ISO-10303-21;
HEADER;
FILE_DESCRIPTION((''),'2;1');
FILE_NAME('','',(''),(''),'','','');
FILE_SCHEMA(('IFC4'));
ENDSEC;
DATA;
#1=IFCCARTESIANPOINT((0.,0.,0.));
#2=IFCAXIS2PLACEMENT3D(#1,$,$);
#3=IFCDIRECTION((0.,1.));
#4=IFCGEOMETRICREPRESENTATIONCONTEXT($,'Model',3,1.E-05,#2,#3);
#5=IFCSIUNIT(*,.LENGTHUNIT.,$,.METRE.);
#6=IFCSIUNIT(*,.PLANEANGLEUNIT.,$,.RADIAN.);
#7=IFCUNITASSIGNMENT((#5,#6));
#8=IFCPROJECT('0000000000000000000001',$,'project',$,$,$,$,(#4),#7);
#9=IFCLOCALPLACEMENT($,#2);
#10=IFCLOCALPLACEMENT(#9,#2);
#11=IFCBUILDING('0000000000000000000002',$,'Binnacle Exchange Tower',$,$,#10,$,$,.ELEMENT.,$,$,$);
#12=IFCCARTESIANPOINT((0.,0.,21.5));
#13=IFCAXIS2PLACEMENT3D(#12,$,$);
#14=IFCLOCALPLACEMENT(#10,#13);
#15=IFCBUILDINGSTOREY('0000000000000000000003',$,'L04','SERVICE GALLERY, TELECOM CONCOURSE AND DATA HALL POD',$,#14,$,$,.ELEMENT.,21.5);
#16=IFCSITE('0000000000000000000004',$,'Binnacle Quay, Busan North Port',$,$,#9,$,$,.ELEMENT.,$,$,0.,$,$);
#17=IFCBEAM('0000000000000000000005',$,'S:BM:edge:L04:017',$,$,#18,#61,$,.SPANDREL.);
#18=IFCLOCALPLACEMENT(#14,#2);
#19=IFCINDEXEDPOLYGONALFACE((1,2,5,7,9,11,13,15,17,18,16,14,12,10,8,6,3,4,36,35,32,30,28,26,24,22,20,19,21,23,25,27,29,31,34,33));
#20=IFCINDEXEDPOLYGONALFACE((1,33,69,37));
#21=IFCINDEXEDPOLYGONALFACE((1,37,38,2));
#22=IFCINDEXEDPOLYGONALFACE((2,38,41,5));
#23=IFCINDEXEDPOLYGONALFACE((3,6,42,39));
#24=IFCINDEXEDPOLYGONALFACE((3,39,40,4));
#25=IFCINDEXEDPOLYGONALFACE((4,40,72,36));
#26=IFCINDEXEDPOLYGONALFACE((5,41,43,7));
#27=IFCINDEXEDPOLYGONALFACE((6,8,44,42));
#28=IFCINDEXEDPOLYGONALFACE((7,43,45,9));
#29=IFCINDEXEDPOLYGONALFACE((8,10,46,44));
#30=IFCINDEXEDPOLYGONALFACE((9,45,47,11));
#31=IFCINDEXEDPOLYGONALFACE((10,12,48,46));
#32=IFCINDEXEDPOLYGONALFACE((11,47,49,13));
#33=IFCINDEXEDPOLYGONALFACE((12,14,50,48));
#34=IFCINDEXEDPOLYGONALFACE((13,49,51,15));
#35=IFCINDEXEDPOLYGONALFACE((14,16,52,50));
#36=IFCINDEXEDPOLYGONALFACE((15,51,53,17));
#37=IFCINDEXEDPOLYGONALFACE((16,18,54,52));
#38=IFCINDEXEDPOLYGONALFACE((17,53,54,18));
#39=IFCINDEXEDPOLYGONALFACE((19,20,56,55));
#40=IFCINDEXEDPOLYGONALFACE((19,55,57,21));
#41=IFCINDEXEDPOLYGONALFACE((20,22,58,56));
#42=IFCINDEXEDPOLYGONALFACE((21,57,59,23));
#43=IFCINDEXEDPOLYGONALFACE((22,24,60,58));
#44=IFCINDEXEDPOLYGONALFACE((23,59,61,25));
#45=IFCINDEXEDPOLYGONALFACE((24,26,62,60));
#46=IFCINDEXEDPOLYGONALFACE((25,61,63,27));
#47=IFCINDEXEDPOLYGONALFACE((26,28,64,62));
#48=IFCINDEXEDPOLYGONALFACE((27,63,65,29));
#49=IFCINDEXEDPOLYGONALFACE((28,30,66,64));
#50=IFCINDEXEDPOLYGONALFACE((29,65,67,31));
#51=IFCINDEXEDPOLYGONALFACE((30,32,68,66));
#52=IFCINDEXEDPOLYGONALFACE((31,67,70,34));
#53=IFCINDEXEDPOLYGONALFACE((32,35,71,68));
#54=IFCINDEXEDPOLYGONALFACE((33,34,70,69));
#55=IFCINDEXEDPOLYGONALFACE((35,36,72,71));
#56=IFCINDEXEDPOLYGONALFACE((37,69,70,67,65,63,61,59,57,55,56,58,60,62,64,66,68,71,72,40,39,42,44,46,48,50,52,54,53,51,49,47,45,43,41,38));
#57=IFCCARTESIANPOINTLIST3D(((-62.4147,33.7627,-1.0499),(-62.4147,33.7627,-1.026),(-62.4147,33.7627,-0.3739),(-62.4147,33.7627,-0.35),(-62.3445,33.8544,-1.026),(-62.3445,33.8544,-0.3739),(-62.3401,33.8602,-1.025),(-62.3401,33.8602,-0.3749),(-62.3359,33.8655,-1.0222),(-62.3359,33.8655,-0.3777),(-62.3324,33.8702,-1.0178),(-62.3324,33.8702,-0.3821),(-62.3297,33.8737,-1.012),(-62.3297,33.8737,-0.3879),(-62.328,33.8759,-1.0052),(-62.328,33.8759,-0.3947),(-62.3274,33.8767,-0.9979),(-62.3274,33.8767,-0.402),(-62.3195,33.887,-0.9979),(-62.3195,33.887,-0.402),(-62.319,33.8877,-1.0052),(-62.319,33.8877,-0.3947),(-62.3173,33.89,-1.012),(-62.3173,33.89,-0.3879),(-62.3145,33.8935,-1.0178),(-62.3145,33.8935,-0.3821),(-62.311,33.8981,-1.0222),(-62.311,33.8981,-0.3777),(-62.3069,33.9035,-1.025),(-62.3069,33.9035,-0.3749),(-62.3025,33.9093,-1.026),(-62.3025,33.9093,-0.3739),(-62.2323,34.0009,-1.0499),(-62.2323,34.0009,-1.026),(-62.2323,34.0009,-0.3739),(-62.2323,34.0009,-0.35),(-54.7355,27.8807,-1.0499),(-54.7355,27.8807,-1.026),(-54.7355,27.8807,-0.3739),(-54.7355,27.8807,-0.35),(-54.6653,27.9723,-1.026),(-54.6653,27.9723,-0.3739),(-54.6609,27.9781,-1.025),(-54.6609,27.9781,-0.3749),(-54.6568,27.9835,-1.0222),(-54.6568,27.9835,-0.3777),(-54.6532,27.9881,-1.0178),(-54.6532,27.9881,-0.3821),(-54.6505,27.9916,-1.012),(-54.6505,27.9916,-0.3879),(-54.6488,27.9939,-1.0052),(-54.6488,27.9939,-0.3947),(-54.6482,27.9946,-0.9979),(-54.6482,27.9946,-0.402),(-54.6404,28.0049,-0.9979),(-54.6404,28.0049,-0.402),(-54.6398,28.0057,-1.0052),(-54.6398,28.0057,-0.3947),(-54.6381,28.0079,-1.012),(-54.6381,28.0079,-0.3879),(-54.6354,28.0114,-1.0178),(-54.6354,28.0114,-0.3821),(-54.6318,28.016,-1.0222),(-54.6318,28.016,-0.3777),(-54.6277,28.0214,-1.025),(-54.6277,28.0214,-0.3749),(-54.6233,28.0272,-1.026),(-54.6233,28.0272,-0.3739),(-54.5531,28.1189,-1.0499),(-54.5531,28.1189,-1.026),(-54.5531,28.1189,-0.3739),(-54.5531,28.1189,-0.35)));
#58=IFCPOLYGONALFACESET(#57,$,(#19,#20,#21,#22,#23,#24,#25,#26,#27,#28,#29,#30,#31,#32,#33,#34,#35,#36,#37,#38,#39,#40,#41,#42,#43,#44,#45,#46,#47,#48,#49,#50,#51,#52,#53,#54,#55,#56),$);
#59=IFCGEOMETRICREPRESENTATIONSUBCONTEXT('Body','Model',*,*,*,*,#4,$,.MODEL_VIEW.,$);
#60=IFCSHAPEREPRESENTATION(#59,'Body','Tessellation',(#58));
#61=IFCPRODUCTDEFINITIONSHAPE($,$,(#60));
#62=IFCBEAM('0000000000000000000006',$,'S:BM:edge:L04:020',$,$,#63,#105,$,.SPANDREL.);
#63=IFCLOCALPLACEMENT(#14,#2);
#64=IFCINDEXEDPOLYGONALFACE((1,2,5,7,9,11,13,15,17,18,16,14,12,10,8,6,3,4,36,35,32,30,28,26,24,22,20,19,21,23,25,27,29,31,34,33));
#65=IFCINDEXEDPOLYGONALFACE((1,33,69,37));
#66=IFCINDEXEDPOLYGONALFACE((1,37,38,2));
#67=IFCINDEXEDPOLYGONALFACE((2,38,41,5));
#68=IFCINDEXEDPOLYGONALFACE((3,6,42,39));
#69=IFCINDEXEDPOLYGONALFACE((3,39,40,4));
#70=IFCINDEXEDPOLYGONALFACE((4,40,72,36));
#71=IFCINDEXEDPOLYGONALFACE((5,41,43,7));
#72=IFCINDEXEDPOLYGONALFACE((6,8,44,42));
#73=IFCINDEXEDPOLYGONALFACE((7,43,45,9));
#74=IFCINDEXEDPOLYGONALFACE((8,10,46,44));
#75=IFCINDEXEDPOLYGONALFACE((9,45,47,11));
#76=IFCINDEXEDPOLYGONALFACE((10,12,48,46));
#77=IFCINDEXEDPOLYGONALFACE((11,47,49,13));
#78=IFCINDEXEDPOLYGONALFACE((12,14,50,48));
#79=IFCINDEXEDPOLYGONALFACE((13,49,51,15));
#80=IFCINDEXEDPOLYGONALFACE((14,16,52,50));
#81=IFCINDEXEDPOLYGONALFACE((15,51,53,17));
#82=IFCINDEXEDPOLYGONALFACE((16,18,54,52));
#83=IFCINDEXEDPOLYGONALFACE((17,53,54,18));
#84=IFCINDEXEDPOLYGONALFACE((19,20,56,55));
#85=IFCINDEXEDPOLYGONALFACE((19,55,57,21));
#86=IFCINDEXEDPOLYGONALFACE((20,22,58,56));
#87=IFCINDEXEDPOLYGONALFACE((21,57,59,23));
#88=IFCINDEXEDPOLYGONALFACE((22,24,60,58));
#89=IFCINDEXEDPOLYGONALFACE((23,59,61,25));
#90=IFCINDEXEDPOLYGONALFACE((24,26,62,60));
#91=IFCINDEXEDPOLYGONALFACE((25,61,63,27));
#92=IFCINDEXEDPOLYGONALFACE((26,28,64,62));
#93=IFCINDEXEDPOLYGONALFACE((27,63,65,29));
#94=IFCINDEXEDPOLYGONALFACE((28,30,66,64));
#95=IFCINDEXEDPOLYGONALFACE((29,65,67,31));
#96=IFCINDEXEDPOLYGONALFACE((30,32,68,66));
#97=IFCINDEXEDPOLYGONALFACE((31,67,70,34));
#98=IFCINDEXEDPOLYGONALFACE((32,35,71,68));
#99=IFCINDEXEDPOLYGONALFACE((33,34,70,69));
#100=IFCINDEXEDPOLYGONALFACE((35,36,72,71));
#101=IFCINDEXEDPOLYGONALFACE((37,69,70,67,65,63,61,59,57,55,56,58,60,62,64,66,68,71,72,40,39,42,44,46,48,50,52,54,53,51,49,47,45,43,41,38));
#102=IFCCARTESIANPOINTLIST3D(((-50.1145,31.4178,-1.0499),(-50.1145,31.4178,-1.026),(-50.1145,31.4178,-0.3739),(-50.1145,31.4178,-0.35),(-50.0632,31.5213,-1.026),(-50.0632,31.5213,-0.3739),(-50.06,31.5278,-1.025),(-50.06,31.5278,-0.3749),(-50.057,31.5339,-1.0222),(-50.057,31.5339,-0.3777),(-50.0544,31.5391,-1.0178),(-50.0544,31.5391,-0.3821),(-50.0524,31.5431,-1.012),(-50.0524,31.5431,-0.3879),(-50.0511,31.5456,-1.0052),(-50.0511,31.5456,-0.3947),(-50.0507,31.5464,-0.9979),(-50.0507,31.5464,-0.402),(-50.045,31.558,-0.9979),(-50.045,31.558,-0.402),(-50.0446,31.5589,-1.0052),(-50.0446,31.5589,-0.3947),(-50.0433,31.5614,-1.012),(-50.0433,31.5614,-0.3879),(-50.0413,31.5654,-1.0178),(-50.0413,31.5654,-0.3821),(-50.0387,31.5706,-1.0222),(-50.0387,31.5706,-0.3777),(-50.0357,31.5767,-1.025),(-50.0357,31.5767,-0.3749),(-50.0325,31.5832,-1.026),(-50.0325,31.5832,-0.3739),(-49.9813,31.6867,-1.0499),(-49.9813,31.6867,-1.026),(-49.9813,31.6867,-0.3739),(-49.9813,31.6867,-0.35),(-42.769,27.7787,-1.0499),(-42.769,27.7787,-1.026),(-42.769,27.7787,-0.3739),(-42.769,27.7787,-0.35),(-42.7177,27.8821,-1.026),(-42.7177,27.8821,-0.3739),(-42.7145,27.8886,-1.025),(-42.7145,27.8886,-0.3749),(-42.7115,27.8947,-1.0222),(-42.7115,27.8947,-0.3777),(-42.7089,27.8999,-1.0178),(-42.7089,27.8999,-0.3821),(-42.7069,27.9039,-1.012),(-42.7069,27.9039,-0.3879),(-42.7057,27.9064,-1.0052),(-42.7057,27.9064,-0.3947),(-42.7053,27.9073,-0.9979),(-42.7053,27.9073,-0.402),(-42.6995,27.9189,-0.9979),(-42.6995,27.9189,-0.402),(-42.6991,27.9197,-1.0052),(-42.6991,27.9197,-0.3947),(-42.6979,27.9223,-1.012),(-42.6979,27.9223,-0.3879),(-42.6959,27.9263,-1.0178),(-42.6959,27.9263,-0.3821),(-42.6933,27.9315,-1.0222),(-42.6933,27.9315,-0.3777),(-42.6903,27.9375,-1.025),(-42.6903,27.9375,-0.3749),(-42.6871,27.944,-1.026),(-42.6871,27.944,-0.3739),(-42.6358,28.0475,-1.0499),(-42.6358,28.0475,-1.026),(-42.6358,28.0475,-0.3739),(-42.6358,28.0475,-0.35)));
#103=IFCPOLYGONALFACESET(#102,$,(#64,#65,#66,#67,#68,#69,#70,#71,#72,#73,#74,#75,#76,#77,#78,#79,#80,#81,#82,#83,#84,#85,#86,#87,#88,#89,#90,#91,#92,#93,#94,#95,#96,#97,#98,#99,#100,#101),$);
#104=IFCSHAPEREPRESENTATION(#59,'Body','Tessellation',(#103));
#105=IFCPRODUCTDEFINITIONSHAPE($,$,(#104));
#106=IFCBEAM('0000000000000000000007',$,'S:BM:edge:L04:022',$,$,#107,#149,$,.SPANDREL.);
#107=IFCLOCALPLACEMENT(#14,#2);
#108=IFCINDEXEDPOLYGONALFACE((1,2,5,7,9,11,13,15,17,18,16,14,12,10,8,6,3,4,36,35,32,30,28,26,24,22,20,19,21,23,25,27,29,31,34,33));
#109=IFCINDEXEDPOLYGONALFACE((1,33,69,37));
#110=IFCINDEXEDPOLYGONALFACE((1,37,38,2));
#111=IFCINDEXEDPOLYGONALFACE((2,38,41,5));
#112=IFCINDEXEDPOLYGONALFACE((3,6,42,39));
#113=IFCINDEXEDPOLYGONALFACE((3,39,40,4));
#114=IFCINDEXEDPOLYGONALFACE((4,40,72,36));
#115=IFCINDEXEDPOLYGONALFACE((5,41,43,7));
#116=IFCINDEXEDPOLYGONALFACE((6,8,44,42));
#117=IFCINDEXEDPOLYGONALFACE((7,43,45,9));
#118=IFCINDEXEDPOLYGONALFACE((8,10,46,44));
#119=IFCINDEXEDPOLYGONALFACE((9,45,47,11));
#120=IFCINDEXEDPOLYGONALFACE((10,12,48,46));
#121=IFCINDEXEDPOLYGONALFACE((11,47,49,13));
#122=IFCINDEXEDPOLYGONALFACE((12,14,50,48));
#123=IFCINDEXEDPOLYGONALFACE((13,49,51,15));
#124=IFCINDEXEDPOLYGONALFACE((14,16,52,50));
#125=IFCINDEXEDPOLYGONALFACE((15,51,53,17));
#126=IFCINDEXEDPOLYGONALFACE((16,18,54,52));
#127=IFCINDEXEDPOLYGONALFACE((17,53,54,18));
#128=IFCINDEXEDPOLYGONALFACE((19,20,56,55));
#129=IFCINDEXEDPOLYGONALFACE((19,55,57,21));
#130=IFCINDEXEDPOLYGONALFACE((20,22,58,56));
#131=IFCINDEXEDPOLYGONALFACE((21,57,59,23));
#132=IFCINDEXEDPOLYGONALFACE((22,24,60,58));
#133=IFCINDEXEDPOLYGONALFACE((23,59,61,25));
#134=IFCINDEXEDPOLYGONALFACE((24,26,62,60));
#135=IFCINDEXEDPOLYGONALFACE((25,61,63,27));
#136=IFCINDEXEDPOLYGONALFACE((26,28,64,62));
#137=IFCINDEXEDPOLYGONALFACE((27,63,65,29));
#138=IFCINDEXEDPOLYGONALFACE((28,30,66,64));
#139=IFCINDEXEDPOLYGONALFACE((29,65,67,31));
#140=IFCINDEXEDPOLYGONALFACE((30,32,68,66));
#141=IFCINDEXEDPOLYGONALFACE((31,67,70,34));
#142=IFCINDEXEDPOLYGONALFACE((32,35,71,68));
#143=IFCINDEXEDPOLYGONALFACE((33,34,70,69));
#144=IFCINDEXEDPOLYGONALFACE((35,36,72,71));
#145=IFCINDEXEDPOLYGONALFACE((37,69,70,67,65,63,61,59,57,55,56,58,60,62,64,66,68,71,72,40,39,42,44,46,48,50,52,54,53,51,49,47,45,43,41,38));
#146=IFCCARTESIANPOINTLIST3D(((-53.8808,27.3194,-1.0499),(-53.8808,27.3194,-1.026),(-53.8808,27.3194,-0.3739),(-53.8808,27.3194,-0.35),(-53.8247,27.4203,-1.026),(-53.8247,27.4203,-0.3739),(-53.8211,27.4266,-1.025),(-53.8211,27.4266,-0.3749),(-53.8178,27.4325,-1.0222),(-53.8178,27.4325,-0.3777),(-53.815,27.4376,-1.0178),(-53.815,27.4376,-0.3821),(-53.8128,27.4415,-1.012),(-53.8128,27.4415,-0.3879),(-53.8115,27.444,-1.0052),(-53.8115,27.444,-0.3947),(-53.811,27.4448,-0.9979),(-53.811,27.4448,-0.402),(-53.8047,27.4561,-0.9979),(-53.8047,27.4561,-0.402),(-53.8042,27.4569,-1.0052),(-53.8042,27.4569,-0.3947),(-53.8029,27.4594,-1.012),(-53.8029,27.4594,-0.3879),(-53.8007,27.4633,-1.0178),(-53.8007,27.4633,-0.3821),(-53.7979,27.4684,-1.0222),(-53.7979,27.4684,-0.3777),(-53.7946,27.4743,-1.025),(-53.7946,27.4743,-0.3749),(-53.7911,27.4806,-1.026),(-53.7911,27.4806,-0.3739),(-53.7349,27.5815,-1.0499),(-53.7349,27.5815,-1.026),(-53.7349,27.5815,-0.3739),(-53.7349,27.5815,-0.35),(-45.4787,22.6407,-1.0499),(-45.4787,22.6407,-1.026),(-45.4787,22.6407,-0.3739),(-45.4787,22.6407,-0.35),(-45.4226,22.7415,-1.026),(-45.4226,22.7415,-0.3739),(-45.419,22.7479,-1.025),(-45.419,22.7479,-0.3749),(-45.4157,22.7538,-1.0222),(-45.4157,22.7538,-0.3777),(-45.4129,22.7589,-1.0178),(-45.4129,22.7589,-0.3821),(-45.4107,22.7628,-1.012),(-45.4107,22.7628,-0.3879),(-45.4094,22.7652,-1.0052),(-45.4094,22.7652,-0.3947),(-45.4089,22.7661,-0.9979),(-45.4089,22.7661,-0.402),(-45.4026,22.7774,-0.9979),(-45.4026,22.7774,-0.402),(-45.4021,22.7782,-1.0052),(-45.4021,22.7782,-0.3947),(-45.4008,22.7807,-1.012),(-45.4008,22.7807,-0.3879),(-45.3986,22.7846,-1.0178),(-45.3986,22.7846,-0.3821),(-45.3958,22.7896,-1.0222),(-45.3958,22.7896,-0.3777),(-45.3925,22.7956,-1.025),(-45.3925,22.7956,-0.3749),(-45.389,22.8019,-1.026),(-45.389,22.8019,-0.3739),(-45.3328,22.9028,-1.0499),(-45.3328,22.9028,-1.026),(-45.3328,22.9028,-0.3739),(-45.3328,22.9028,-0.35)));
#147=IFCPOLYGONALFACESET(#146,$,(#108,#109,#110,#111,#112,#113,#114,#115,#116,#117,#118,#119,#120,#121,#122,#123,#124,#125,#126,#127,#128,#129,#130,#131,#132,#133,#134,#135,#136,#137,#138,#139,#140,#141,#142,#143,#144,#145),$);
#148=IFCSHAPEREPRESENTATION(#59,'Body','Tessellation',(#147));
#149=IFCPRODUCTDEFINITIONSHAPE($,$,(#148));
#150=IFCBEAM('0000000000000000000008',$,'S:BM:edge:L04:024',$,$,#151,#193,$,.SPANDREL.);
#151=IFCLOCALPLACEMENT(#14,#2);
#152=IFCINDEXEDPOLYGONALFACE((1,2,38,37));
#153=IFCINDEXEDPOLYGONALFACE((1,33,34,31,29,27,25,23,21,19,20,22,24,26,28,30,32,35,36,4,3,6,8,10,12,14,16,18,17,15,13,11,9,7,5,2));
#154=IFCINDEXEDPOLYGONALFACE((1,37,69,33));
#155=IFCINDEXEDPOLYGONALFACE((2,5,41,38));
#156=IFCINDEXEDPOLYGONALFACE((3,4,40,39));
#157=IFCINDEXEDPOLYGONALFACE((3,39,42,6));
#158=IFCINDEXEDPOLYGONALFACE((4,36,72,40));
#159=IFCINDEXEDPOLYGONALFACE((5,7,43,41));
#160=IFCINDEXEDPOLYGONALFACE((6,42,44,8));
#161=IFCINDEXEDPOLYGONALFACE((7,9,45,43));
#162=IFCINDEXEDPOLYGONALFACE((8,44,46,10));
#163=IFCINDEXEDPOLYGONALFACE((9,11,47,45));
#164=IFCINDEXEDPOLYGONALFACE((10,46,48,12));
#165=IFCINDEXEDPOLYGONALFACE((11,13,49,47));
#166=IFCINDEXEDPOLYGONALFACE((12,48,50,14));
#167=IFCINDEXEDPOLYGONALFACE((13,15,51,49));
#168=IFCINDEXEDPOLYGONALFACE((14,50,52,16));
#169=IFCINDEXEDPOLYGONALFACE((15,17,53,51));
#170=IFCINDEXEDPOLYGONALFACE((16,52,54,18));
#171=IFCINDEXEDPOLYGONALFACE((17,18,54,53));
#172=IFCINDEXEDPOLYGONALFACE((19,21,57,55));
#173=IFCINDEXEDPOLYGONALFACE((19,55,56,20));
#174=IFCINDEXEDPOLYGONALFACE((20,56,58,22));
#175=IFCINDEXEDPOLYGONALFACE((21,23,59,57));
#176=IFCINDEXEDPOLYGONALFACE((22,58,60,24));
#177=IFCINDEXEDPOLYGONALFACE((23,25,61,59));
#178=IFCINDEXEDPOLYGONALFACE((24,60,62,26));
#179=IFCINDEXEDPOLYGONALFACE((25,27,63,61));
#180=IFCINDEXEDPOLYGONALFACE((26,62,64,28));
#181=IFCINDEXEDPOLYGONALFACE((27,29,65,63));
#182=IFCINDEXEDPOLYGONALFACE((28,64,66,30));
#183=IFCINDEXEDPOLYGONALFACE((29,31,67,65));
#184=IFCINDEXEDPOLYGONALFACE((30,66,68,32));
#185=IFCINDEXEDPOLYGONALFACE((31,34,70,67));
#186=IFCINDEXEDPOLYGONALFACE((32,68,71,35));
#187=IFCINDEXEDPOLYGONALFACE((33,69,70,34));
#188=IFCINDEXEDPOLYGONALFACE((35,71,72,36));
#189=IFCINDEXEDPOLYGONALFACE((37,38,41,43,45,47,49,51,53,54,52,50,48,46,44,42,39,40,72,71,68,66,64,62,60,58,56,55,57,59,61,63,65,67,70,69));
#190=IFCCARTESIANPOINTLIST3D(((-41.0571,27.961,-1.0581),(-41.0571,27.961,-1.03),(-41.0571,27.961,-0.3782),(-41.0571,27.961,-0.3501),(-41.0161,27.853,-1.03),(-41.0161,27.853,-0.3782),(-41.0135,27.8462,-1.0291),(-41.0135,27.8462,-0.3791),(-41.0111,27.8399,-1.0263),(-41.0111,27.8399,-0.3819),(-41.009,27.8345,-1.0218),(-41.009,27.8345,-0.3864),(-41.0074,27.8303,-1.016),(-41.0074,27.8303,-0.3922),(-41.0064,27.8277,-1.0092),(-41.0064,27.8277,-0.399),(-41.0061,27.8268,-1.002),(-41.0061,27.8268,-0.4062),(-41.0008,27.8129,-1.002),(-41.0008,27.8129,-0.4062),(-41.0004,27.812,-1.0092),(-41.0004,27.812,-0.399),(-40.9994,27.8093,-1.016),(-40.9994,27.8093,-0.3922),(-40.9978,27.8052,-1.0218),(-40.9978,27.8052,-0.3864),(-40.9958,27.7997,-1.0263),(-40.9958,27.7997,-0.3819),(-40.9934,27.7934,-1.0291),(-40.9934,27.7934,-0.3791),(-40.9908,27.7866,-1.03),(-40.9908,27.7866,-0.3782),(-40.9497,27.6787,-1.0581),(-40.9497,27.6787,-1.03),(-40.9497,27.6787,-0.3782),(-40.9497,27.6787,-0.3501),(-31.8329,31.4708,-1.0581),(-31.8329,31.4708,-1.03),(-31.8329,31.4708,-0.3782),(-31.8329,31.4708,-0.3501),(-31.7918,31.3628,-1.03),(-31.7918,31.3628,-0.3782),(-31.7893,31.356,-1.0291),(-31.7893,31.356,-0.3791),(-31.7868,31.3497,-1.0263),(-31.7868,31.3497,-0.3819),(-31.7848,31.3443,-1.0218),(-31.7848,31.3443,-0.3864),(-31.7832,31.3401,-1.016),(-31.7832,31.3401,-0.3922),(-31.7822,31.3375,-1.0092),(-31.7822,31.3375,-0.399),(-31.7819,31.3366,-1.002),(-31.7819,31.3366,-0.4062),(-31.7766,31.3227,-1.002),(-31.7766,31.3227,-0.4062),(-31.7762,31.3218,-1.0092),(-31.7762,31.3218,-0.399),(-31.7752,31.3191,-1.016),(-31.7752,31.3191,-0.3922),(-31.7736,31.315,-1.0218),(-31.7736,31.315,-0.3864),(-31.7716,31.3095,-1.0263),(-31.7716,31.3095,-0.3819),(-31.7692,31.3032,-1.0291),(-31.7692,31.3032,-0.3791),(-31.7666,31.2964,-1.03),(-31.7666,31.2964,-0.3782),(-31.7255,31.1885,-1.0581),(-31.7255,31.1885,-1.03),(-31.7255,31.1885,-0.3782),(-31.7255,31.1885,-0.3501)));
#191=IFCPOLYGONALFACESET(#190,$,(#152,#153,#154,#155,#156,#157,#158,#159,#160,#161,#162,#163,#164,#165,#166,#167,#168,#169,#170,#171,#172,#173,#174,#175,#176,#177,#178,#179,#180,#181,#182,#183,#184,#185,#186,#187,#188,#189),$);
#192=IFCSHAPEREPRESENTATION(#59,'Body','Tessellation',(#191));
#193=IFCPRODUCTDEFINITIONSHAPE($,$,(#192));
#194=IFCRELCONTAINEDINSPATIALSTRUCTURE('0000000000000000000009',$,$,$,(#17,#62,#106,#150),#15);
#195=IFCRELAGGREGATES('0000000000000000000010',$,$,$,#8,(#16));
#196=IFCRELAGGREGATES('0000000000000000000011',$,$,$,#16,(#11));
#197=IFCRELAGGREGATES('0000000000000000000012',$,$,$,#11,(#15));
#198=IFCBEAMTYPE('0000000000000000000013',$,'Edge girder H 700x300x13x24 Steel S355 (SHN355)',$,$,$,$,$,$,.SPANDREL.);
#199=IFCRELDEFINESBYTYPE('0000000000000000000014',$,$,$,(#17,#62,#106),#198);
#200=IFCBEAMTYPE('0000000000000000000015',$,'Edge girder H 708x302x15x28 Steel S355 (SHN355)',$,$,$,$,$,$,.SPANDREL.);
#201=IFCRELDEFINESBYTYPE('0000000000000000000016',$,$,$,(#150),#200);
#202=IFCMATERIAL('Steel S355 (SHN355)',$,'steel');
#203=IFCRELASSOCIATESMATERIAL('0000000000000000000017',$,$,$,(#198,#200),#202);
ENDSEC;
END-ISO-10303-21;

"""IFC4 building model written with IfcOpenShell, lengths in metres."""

from ifc_helpers import new_model, si_unit, direction, frame, origin, origin_2d, place, context, subcontext, project, spatial, i_section, extrude, material, material_profile, profile_set, type_object, element, save


model = new_model("IFC4")

# Units and contexts
model_context = context("Model", 3, precision=1e-05, world=origin(), true_north=direction((0.0, 1.0)))
body_context = subcontext(model_context, "Body", "Model", "MODEL_VIEW")
ifc_project = project(units=[si_unit("LENGTHUNIT", "METRE"), si_unit("PLANEANGLEUNIT", "RADIAN")], contexts=[model_context])

# Site, building, storey
site_placement = place(None, origin())
site = spatial("IfcSite", under=ifc_project, at=site_placement, Name="Binnacle Quay, Busan North Port", CompositionType="ELEMENT", RefElevation=0.0)
building_placement = place(site_placement, origin())
building = spatial("IfcBuilding", under=site, at=building_placement, Name="Binnacle Exchange Tower", CompositionType="ELEMENT")
storey_placement = place(building_placement, frame((0.0, 0.0, 21.5)))
storey = spatial("IfcBuildingStorey", under=building, at=storey_placement, Name="L04", Description="SERVICE GALLERY, TELECOM CONCOURSE AND DATA HALL POD", CompositionType="ELEMENT", Elevation=21.5)

# Beams
ifc_material_1 = material(Name="Steel S355 (SHN355)", Category="steel")
ifc_material_profile_1 = material_profile(ifc_material_1, i_section(OverallWidth=0.3, OverallDepth=0.7, WebThickness=0.0129, FlangeThickness=0.0239, FilletRadius=0.0281, at=origin_2d()), Name="H 700x300x13x24")
ifc_profile_set_1 = profile_set([ifc_material_profile_1], Name="Steel S355 (SHN355)")
beam_type_1 = type_object("IfcBeamType", Name="Edge girder H 700x300x13x24 Steel S355 (SHN355)", PredefinedType="SPANDREL", material=ifc_profile_set_1)
beam_1_placement = place(storey_placement, frame((-54.6443, 27.9998, -0.7), z_axis=(-0.793871, 0.608086, 0.0), x_axis=(-0.608086, -0.793871, 0.0)))
element("IfcBeam", 1, at=beam_1_placement, inside=storey, type_object=beam_type_1, Name="S:BM:edge:L04:017", PredefinedType="SPANDREL", context=body_context, shape_type="SweptSolid", body=[
    extrude(i_section(OverallWidth=0.3, OverallDepth=0.7, WebThickness=0.0129, FlangeThickness=0.0239, FilletRadius=0.0281, at=origin_2d()), origin(), (0.0, 0.0, 1.0), 9.6731),
])
beam_2_placement = place(storey_placement, frame((-50.0479, 31.5522, -0.7), z_axis=(0.896059, -0.443935, 0.0), x_axis=(0.443935, 0.896059, 0.0)))
element("IfcBeam", 2, at=beam_2_placement, inside=storey, type_object=beam_type_1, Name="S:BM:edge:L04:020", PredefinedType="SPANDREL", context=body_context, shape_type="SweptSolid", body=[
    extrude(i_section(OverallWidth=0.3, OverallDepth=0.7, WebThickness=0.0129, FlangeThickness=0.0239, FilletRadius=0.0281, at=origin_2d()), origin(), (0.0, 0.0, 1.0), 8.1975),
])
beam_3_placement = place(storey_placement, frame((-45.4058, 22.7717, -0.7), z_axis=(-0.873677, 0.486507, 0.0), x_axis=(-0.486507, -0.873677, 0.0)))
element("IfcBeam", 3, at=beam_3_placement, inside=storey, type_object=beam_type_1, Name="S:BM:edge:L04:022", PredefinedType="SPANDREL", context=body_context, shape_type="SweptSolid", body=[
    extrude(i_section(OverallWidth=0.3, OverallDepth=0.7, WebThickness=0.0129, FlangeThickness=0.0239, FilletRadius=0.0281, at=origin_2d()), origin(), (0.0, 0.0, 1.0), 9.6169),
])
ifc_material_profile_2 = material_profile(ifc_material_1, i_section(OverallWidth=0.302, OverallDepth=0.708, WebThickness=0.0149, FlangeThickness=0.0281, FilletRadius=0.0281, at=origin_2d()), Name="H 708x302x15x28")
ifc_profile_set_2 = profile_set([ifc_material_profile_2], Name="Steel S355 (SHN355)")
beam_type_2 = type_object("IfcBeamType", Name="Edge girder H 708x302x15x28 Steel S355 (SHN355)", PredefinedType="SPANDREL", material=ifc_profile_set_2)
beam_4_placement = place(storey_placement, frame((-41.0034, 27.8198, -0.7041), z_axis=(0.934629, 0.355625, 0.0), x_axis=(-0.355625, 0.934629, 0.0)))
element("IfcBeam", 4, at=beam_4_placement, inside=storey, type_object=beam_type_2, Name="S:BM:edge:L04:024", PredefinedType="SPANDREL", context=body_context, shape_type="SweptSolid", body=[
    extrude(i_section(OverallWidth=0.302, OverallDepth=0.708, WebThickness=0.0149, FlangeThickness=0.0281, FilletRadius=0.0281, at=origin_2d()), origin(), (0.0, 0.0, 1.0), 9.8694),
])

save(model, "model.ifc")
